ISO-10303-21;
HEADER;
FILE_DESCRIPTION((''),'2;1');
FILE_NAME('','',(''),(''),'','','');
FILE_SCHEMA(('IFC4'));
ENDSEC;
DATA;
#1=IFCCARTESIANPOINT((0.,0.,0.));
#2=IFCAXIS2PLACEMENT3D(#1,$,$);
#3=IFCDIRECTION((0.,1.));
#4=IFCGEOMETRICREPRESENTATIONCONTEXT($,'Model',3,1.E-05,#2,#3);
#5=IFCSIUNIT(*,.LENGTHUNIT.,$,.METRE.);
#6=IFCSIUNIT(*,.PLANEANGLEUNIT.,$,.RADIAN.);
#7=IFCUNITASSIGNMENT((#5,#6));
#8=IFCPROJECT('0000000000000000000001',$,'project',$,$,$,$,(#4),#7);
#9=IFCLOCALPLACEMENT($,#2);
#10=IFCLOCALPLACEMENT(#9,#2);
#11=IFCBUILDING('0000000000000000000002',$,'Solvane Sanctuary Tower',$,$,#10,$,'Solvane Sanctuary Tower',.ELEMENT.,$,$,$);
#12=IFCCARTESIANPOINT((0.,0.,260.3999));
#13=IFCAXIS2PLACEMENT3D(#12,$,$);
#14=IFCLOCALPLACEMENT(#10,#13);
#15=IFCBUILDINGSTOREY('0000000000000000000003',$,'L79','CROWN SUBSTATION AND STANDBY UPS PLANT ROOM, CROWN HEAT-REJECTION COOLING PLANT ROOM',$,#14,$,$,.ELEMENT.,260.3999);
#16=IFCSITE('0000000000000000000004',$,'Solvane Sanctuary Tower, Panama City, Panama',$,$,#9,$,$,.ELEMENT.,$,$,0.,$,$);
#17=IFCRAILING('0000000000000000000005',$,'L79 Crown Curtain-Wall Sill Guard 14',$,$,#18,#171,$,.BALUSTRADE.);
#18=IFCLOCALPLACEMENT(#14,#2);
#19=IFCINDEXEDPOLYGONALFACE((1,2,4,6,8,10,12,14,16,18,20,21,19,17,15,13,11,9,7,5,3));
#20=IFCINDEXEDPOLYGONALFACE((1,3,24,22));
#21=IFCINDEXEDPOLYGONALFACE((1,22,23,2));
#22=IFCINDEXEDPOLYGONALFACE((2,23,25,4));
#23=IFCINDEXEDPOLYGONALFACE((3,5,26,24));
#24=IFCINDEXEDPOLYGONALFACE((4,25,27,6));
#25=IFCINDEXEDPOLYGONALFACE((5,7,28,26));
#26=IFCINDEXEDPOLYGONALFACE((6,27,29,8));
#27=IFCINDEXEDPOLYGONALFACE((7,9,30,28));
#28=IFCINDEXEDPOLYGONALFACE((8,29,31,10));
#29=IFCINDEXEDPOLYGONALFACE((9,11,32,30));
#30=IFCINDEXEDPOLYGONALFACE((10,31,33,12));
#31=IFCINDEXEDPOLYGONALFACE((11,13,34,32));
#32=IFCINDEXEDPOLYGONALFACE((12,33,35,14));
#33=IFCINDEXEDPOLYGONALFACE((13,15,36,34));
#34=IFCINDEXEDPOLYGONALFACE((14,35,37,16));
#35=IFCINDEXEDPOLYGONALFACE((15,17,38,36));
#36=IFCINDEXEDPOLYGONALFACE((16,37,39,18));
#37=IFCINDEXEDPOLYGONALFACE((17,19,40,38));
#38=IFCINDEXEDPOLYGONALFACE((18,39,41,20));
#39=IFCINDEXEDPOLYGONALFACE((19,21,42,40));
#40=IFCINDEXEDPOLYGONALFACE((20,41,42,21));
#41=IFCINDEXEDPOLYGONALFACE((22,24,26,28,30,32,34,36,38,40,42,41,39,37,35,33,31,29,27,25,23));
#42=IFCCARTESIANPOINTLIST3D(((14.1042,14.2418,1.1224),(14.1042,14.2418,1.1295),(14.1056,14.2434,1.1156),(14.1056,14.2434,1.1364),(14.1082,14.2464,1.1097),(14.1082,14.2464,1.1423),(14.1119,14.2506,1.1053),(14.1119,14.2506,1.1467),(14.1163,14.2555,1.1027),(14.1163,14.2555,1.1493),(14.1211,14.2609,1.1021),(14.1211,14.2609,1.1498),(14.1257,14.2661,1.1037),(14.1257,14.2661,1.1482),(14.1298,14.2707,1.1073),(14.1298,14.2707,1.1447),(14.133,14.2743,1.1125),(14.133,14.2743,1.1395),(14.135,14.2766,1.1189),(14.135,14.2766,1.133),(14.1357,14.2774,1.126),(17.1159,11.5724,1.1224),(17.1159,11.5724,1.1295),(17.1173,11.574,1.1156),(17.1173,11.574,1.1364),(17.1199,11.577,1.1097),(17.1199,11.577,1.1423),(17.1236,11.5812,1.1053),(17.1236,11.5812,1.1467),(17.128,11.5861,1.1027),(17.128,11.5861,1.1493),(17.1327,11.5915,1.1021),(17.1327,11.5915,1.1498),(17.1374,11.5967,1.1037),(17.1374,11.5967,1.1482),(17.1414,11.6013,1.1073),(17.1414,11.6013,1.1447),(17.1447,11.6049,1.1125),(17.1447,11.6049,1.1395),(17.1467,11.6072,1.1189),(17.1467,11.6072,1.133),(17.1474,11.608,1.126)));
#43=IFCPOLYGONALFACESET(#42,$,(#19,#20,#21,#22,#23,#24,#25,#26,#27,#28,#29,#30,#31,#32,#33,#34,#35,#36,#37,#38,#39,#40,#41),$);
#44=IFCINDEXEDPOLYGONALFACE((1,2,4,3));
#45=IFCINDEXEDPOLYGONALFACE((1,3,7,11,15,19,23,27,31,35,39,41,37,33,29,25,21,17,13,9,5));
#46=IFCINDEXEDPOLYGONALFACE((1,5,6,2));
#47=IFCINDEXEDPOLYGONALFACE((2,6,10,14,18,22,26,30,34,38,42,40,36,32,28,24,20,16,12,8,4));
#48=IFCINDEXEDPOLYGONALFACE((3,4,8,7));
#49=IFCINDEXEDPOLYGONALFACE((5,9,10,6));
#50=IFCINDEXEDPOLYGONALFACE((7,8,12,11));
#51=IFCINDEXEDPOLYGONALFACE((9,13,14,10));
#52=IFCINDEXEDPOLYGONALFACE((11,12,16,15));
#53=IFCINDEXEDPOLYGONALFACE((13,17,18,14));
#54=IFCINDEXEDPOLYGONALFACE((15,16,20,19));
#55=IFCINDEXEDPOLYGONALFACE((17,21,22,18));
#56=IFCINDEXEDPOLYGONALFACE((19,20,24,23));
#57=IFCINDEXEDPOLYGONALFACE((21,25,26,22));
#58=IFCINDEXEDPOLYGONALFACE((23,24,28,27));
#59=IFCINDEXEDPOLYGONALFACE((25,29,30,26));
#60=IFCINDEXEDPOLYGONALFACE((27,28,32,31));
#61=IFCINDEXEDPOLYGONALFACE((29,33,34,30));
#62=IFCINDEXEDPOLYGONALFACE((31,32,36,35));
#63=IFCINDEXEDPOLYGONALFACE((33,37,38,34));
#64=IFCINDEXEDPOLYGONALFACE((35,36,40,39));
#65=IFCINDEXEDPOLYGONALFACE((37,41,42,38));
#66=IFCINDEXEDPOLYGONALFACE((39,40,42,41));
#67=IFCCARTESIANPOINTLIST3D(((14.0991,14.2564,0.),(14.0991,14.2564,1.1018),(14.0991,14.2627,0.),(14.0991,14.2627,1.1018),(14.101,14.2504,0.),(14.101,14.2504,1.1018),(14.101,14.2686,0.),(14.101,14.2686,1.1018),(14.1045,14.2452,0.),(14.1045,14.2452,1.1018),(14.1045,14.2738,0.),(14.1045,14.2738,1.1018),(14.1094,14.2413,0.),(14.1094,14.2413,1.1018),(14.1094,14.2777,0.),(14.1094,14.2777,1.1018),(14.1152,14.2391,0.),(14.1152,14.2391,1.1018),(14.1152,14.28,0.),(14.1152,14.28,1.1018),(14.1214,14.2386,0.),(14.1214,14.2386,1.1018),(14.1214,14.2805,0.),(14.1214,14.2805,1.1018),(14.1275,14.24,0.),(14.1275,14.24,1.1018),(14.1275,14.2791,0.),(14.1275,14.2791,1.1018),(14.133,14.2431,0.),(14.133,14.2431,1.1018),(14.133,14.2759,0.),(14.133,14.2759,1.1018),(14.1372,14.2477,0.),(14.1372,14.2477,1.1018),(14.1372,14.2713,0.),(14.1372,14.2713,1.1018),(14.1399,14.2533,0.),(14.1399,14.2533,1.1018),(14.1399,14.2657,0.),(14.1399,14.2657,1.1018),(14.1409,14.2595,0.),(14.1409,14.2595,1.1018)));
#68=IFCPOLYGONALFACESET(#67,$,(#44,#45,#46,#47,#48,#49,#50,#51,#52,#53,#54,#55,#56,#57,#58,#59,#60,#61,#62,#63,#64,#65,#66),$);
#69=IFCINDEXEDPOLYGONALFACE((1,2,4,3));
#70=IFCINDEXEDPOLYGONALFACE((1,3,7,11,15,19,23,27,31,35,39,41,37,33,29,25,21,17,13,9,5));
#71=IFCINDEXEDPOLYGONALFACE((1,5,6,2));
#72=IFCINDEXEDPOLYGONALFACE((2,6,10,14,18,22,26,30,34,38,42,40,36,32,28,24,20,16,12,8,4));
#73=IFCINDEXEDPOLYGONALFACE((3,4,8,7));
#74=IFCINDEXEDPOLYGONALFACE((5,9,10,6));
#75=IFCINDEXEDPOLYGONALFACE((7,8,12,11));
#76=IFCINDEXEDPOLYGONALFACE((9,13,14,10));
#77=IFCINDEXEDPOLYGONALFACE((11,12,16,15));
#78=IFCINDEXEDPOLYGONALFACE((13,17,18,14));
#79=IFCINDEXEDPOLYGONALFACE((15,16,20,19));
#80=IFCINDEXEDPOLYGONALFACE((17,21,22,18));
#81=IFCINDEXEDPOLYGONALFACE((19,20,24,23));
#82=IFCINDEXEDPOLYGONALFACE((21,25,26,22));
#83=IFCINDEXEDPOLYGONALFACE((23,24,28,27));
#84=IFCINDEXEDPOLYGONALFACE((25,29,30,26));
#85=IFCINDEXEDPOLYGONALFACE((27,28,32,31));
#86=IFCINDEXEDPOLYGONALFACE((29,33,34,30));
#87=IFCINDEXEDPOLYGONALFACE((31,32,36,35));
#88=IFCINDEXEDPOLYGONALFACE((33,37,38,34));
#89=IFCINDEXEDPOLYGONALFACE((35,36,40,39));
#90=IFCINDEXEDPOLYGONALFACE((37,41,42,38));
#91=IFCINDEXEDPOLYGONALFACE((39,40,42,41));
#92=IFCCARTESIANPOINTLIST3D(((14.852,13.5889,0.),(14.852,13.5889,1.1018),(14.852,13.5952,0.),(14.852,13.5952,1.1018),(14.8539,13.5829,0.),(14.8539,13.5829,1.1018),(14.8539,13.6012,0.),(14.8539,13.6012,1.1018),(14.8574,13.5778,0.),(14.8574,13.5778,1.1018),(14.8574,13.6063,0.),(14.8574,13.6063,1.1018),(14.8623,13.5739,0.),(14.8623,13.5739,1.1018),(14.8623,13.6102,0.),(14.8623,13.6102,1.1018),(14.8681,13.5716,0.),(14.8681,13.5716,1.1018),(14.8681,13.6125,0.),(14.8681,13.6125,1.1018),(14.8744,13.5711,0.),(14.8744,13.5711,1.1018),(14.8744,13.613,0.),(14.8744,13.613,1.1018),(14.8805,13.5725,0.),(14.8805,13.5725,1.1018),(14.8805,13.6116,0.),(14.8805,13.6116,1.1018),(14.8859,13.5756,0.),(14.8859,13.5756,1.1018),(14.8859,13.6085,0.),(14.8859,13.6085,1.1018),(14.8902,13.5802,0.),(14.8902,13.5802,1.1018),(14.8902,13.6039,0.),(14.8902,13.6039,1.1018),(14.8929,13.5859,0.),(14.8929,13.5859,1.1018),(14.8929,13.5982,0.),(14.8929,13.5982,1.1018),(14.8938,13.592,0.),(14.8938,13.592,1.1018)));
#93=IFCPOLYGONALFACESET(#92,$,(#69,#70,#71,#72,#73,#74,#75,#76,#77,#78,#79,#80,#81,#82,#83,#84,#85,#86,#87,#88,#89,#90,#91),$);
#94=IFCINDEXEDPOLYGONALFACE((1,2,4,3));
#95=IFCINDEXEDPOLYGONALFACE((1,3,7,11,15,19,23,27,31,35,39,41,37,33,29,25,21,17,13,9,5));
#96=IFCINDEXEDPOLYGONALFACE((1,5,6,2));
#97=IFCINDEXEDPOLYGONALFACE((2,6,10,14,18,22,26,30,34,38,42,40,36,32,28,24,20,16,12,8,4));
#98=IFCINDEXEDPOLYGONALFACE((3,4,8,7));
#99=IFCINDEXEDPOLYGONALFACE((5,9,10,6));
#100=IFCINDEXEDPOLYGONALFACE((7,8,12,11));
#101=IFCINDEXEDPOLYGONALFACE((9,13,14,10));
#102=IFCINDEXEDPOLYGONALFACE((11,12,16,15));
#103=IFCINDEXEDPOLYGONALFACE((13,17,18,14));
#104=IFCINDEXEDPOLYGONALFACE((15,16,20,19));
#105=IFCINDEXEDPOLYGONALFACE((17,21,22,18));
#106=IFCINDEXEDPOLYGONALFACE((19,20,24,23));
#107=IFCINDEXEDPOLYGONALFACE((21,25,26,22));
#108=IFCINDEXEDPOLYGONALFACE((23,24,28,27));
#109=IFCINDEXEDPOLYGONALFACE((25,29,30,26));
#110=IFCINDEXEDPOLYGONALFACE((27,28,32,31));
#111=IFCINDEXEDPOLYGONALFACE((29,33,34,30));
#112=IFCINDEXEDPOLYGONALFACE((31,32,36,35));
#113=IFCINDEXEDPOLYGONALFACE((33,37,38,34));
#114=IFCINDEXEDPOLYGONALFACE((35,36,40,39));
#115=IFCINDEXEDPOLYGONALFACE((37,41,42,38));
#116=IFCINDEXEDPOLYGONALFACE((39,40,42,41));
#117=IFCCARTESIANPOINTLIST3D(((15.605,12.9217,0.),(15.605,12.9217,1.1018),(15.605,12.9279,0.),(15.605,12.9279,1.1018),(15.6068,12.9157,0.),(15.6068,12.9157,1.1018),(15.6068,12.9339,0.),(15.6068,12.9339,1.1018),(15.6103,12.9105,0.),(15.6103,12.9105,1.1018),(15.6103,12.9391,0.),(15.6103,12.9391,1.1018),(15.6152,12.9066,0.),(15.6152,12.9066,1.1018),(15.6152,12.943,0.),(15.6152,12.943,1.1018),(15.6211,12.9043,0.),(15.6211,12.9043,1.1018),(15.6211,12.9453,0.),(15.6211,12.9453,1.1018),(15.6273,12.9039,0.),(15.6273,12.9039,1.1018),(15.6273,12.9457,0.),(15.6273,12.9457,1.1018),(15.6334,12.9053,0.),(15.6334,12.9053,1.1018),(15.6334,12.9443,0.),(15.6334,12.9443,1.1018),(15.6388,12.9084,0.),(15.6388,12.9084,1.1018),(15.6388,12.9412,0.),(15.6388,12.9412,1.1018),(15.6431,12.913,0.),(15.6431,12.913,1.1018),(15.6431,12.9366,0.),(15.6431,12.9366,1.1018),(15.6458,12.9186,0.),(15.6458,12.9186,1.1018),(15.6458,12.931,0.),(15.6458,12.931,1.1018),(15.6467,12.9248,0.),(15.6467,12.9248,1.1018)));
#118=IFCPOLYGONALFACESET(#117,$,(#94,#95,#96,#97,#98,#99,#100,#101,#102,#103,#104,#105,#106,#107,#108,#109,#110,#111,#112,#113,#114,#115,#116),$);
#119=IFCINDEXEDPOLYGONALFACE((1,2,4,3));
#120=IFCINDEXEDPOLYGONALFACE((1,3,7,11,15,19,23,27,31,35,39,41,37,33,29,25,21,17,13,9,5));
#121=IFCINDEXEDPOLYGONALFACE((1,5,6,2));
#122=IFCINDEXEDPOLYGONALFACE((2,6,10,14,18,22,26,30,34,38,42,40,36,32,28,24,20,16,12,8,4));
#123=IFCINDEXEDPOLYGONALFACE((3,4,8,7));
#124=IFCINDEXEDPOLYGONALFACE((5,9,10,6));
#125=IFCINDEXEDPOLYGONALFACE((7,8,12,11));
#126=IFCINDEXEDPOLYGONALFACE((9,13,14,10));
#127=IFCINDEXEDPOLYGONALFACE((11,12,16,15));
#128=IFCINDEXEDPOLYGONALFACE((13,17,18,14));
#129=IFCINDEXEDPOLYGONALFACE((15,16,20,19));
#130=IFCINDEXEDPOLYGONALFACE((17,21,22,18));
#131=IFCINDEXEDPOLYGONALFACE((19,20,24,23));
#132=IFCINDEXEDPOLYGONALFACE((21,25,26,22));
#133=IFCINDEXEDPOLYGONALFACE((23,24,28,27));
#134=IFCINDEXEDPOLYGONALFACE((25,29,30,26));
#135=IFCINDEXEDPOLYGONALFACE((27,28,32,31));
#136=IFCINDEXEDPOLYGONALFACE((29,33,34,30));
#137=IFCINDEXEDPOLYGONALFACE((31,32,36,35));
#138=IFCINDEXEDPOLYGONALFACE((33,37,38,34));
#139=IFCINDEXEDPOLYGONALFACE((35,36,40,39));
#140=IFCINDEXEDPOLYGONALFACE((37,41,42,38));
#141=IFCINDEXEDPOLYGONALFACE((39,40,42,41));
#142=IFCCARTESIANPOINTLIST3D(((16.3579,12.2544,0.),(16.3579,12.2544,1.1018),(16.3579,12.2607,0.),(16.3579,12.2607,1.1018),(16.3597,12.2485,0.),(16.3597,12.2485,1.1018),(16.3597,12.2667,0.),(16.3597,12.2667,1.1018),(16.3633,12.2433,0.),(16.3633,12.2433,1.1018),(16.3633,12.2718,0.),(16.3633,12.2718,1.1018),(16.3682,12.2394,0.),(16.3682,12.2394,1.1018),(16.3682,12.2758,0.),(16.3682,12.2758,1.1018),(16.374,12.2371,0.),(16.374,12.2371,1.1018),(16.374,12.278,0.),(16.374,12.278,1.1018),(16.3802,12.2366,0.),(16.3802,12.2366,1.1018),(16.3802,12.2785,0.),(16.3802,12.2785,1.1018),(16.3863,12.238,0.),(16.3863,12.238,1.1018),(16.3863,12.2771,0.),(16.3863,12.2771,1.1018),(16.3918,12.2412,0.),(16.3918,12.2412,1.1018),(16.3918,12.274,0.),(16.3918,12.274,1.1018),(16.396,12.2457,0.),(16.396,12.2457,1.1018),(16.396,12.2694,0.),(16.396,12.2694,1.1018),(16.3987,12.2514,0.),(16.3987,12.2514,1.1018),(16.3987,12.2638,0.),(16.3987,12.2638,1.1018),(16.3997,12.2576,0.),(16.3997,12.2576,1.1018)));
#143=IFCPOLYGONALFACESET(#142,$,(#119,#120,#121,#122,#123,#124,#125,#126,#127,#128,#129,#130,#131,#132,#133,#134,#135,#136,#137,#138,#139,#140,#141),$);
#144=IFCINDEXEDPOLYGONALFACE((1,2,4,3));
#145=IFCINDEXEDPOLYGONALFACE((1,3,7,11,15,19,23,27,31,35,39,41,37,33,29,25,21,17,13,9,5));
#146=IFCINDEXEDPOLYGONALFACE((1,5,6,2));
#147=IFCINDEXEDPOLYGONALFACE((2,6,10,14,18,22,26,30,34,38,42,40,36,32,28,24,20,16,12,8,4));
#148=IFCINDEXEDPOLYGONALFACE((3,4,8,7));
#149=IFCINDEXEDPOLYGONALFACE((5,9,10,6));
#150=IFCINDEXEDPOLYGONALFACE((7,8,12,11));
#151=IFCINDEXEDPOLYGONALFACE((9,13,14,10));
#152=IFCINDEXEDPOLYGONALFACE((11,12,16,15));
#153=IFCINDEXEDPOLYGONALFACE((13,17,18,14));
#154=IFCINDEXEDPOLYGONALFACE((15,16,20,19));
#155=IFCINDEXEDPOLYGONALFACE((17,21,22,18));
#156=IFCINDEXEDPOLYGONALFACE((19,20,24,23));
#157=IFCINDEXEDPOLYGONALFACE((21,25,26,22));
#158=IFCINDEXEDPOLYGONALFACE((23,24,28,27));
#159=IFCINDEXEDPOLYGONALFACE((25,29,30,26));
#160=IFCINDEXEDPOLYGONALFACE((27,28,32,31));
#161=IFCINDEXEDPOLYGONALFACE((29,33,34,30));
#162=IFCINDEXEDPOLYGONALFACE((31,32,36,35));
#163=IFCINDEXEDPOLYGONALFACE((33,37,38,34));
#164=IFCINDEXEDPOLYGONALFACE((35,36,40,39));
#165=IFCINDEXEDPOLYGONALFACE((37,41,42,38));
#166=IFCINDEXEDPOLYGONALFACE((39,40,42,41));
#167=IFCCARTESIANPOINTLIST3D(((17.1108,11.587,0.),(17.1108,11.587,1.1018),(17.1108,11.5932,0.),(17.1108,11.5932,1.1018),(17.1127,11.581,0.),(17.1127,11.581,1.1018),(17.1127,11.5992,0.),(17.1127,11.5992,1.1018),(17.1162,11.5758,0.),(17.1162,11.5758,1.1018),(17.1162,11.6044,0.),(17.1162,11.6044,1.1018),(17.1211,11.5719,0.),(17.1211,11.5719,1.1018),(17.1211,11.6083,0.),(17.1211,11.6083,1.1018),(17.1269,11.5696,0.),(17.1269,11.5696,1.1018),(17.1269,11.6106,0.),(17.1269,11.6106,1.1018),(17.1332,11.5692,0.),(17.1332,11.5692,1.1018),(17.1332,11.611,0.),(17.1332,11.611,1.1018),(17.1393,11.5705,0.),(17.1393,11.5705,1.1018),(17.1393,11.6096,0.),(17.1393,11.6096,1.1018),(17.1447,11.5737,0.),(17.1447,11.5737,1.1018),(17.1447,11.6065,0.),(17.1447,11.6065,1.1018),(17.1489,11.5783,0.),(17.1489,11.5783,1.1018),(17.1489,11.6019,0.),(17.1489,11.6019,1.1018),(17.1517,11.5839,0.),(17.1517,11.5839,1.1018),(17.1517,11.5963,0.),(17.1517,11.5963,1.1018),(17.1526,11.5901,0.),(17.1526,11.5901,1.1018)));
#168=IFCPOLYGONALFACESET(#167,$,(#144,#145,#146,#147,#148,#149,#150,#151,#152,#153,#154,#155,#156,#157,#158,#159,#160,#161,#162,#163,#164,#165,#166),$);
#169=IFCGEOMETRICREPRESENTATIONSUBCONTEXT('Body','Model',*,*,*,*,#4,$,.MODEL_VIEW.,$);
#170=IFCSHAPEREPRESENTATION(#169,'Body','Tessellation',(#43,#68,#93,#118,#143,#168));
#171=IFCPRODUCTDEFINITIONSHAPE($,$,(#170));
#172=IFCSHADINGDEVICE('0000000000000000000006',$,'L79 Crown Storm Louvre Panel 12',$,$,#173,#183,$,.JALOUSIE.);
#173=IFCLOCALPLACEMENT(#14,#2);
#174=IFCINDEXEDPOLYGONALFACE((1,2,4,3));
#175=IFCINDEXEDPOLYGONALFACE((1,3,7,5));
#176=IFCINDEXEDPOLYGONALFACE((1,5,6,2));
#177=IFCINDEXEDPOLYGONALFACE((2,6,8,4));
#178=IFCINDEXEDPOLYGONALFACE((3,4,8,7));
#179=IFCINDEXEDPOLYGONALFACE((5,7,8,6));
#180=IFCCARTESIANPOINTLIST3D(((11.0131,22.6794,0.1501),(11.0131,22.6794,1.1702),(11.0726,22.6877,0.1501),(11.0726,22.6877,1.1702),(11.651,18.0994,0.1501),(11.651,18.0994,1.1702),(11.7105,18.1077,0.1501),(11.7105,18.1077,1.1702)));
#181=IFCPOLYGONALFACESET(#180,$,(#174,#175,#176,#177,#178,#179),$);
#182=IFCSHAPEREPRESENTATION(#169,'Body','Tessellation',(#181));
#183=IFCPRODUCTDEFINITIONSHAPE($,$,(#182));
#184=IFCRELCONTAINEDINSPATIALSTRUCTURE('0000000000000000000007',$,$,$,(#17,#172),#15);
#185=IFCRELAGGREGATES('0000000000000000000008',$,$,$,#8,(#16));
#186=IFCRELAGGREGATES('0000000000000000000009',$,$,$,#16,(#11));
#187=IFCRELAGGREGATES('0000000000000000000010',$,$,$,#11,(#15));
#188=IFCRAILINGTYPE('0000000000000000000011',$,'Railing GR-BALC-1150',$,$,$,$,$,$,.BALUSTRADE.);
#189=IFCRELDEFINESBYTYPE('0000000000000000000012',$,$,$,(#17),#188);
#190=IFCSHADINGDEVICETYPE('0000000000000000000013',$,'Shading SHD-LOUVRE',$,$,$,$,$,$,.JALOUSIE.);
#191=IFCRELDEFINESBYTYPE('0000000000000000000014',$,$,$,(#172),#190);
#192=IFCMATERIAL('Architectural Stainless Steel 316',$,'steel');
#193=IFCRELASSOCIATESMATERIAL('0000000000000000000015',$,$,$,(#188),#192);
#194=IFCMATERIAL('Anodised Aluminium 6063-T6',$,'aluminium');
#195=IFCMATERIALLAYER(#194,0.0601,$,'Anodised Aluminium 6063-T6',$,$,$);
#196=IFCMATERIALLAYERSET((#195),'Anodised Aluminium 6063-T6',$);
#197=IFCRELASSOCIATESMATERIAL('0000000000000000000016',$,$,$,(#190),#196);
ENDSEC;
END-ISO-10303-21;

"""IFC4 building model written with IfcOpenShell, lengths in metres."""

from ifc_helpers import new_model, si_unit, direction, frame, origin, origin_2d, place, context, subcontext, project, spatial, rectangle, circle, extrude, material, layer, layer_set, type_object, element, save


model = new_model("IFC4")

# Units and contexts
model_context = context("Model", 3, precision=1e-05, world=origin(), true_north=direction((0.0, 1.0)))
body_context = subcontext(model_context, "Body", "Model", "MODEL_VIEW")
ifc_project = project(units=[si_unit("LENGTHUNIT", "METRE"), si_unit("PLANEANGLEUNIT", "RADIAN")], contexts=[model_context])

# Site, building, storey
site_placement = place(None, origin())
site = spatial("IfcSite", under=ifc_project, at=site_placement, Name="Solvane Sanctuary Tower, Panama City, Panama", CompositionType="ELEMENT", RefElevation=0.0)
building_placement = place(site_placement, origin())
building = spatial("IfcBuilding", under=site, at=building_placement, Name="Solvane Sanctuary Tower", LongName="Solvane Sanctuary Tower", CompositionType="ELEMENT")
storey_placement = place(building_placement, frame((0.0, 0.0, 260.3999)))
storey = spatial("IfcBuildingStorey", under=building, at=storey_placement, Name="L79", Description="CROWN SUBSTATION AND STANDBY UPS PLANT ROOM, CROWN HEAT-REJECTION COOLING PLANT ROOM", CompositionType="ELEMENT", Elevation=260.3999)

# Shared definitions
ifc_material_1 = material(Name="Anodised Aluminium 6063-T6", Category="aluminium")

# Shared definitions
ifc_material_2 = material(Name="Architectural Stainless Steel 316", Category="steel")

# Railing
railing_type = type_object("IfcRailingType", Name="Railing GR-BALC-1150", PredefinedType="BALUSTRADE", material=ifc_material_2)
railing_1_placement = place(storey_placement, frame((14.1199, 14.2595, 0.0)))
element("IfcRailing", 1, at=railing_1_placement, inside=storey, type_object=railing_type, Name="L79 Crown Curtain-Wall Sill Guard 14", PredefinedType="BALUSTRADE", context=body_context, shape_type="SweptSolid", body=[
    extrude(circle(Radius=0.0239, at=origin_2d()), frame((0.0, 0.0, 1.126), z_axis=(0.748352, -0.663301, 0.0), x_axis=(0.663301, 0.748352, 0.0)), (0.0, 0.0, 1.0), 4.0244),
    extrude(circle(Radius=0.021, at=origin_2d()), origin(), (0.0, 0.0, 1.0), 1.1018),
    extrude(circle(Radius=0.021, at=origin_2d()), frame((0.7529, -0.6675, 0.0)), (0.0, 0.0, 1.0), 1.1018),
    extrude(circle(Radius=0.021, at=origin_2d()), frame((1.5059, -1.3347, 0.0)), (0.0, 0.0, 1.0), 1.1018),
    extrude(circle(Radius=0.021, at=origin_2d()), frame((2.2588, -2.002, 0.0)), (0.0, 0.0, 1.0), 1.1018),
    extrude(circle(Radius=0.021, at=origin_2d()), frame((3.0117, -2.6694, 0.0)), (0.0, 0.0, 1.0), 1.1018),
])

# Shading device
ifc_layer_1 = layer(ifc_material_1, 0.0601, Name="Anodised Aluminium 6063-T6")
ifc_layer_set_1 = layer_set([ifc_layer_1], Name="Anodised Aluminium 6063-T6")
shading_device_type = type_object("IfcShadingDeviceType", Name="Shading SHD-LOUVRE", PredefinedType="JALOUSIE", material=ifc_layer_set_1)
shading_device_placement = place(storey_placement, frame((11.3618, 20.3936, 0.1501), z_axis=(0.0, 0.0, 1.0), x_axis=(0.137953, -0.990439, 0.0)))
element("IfcShadingDevice", 2, at=shading_device_placement, inside=storey, type_object=shading_device_type, Name="L79 Crown Storm Louvre Panel 12", PredefinedType="JALOUSIE", context=body_context, shape_type="SweptSolid", body=[
    extrude(rectangle(XDim=4.6243, YDim=0.0601, at=origin_2d()), origin(), (0.0, 0.0, 1.0), 1.02),
])

save(model, "model.ifc")
